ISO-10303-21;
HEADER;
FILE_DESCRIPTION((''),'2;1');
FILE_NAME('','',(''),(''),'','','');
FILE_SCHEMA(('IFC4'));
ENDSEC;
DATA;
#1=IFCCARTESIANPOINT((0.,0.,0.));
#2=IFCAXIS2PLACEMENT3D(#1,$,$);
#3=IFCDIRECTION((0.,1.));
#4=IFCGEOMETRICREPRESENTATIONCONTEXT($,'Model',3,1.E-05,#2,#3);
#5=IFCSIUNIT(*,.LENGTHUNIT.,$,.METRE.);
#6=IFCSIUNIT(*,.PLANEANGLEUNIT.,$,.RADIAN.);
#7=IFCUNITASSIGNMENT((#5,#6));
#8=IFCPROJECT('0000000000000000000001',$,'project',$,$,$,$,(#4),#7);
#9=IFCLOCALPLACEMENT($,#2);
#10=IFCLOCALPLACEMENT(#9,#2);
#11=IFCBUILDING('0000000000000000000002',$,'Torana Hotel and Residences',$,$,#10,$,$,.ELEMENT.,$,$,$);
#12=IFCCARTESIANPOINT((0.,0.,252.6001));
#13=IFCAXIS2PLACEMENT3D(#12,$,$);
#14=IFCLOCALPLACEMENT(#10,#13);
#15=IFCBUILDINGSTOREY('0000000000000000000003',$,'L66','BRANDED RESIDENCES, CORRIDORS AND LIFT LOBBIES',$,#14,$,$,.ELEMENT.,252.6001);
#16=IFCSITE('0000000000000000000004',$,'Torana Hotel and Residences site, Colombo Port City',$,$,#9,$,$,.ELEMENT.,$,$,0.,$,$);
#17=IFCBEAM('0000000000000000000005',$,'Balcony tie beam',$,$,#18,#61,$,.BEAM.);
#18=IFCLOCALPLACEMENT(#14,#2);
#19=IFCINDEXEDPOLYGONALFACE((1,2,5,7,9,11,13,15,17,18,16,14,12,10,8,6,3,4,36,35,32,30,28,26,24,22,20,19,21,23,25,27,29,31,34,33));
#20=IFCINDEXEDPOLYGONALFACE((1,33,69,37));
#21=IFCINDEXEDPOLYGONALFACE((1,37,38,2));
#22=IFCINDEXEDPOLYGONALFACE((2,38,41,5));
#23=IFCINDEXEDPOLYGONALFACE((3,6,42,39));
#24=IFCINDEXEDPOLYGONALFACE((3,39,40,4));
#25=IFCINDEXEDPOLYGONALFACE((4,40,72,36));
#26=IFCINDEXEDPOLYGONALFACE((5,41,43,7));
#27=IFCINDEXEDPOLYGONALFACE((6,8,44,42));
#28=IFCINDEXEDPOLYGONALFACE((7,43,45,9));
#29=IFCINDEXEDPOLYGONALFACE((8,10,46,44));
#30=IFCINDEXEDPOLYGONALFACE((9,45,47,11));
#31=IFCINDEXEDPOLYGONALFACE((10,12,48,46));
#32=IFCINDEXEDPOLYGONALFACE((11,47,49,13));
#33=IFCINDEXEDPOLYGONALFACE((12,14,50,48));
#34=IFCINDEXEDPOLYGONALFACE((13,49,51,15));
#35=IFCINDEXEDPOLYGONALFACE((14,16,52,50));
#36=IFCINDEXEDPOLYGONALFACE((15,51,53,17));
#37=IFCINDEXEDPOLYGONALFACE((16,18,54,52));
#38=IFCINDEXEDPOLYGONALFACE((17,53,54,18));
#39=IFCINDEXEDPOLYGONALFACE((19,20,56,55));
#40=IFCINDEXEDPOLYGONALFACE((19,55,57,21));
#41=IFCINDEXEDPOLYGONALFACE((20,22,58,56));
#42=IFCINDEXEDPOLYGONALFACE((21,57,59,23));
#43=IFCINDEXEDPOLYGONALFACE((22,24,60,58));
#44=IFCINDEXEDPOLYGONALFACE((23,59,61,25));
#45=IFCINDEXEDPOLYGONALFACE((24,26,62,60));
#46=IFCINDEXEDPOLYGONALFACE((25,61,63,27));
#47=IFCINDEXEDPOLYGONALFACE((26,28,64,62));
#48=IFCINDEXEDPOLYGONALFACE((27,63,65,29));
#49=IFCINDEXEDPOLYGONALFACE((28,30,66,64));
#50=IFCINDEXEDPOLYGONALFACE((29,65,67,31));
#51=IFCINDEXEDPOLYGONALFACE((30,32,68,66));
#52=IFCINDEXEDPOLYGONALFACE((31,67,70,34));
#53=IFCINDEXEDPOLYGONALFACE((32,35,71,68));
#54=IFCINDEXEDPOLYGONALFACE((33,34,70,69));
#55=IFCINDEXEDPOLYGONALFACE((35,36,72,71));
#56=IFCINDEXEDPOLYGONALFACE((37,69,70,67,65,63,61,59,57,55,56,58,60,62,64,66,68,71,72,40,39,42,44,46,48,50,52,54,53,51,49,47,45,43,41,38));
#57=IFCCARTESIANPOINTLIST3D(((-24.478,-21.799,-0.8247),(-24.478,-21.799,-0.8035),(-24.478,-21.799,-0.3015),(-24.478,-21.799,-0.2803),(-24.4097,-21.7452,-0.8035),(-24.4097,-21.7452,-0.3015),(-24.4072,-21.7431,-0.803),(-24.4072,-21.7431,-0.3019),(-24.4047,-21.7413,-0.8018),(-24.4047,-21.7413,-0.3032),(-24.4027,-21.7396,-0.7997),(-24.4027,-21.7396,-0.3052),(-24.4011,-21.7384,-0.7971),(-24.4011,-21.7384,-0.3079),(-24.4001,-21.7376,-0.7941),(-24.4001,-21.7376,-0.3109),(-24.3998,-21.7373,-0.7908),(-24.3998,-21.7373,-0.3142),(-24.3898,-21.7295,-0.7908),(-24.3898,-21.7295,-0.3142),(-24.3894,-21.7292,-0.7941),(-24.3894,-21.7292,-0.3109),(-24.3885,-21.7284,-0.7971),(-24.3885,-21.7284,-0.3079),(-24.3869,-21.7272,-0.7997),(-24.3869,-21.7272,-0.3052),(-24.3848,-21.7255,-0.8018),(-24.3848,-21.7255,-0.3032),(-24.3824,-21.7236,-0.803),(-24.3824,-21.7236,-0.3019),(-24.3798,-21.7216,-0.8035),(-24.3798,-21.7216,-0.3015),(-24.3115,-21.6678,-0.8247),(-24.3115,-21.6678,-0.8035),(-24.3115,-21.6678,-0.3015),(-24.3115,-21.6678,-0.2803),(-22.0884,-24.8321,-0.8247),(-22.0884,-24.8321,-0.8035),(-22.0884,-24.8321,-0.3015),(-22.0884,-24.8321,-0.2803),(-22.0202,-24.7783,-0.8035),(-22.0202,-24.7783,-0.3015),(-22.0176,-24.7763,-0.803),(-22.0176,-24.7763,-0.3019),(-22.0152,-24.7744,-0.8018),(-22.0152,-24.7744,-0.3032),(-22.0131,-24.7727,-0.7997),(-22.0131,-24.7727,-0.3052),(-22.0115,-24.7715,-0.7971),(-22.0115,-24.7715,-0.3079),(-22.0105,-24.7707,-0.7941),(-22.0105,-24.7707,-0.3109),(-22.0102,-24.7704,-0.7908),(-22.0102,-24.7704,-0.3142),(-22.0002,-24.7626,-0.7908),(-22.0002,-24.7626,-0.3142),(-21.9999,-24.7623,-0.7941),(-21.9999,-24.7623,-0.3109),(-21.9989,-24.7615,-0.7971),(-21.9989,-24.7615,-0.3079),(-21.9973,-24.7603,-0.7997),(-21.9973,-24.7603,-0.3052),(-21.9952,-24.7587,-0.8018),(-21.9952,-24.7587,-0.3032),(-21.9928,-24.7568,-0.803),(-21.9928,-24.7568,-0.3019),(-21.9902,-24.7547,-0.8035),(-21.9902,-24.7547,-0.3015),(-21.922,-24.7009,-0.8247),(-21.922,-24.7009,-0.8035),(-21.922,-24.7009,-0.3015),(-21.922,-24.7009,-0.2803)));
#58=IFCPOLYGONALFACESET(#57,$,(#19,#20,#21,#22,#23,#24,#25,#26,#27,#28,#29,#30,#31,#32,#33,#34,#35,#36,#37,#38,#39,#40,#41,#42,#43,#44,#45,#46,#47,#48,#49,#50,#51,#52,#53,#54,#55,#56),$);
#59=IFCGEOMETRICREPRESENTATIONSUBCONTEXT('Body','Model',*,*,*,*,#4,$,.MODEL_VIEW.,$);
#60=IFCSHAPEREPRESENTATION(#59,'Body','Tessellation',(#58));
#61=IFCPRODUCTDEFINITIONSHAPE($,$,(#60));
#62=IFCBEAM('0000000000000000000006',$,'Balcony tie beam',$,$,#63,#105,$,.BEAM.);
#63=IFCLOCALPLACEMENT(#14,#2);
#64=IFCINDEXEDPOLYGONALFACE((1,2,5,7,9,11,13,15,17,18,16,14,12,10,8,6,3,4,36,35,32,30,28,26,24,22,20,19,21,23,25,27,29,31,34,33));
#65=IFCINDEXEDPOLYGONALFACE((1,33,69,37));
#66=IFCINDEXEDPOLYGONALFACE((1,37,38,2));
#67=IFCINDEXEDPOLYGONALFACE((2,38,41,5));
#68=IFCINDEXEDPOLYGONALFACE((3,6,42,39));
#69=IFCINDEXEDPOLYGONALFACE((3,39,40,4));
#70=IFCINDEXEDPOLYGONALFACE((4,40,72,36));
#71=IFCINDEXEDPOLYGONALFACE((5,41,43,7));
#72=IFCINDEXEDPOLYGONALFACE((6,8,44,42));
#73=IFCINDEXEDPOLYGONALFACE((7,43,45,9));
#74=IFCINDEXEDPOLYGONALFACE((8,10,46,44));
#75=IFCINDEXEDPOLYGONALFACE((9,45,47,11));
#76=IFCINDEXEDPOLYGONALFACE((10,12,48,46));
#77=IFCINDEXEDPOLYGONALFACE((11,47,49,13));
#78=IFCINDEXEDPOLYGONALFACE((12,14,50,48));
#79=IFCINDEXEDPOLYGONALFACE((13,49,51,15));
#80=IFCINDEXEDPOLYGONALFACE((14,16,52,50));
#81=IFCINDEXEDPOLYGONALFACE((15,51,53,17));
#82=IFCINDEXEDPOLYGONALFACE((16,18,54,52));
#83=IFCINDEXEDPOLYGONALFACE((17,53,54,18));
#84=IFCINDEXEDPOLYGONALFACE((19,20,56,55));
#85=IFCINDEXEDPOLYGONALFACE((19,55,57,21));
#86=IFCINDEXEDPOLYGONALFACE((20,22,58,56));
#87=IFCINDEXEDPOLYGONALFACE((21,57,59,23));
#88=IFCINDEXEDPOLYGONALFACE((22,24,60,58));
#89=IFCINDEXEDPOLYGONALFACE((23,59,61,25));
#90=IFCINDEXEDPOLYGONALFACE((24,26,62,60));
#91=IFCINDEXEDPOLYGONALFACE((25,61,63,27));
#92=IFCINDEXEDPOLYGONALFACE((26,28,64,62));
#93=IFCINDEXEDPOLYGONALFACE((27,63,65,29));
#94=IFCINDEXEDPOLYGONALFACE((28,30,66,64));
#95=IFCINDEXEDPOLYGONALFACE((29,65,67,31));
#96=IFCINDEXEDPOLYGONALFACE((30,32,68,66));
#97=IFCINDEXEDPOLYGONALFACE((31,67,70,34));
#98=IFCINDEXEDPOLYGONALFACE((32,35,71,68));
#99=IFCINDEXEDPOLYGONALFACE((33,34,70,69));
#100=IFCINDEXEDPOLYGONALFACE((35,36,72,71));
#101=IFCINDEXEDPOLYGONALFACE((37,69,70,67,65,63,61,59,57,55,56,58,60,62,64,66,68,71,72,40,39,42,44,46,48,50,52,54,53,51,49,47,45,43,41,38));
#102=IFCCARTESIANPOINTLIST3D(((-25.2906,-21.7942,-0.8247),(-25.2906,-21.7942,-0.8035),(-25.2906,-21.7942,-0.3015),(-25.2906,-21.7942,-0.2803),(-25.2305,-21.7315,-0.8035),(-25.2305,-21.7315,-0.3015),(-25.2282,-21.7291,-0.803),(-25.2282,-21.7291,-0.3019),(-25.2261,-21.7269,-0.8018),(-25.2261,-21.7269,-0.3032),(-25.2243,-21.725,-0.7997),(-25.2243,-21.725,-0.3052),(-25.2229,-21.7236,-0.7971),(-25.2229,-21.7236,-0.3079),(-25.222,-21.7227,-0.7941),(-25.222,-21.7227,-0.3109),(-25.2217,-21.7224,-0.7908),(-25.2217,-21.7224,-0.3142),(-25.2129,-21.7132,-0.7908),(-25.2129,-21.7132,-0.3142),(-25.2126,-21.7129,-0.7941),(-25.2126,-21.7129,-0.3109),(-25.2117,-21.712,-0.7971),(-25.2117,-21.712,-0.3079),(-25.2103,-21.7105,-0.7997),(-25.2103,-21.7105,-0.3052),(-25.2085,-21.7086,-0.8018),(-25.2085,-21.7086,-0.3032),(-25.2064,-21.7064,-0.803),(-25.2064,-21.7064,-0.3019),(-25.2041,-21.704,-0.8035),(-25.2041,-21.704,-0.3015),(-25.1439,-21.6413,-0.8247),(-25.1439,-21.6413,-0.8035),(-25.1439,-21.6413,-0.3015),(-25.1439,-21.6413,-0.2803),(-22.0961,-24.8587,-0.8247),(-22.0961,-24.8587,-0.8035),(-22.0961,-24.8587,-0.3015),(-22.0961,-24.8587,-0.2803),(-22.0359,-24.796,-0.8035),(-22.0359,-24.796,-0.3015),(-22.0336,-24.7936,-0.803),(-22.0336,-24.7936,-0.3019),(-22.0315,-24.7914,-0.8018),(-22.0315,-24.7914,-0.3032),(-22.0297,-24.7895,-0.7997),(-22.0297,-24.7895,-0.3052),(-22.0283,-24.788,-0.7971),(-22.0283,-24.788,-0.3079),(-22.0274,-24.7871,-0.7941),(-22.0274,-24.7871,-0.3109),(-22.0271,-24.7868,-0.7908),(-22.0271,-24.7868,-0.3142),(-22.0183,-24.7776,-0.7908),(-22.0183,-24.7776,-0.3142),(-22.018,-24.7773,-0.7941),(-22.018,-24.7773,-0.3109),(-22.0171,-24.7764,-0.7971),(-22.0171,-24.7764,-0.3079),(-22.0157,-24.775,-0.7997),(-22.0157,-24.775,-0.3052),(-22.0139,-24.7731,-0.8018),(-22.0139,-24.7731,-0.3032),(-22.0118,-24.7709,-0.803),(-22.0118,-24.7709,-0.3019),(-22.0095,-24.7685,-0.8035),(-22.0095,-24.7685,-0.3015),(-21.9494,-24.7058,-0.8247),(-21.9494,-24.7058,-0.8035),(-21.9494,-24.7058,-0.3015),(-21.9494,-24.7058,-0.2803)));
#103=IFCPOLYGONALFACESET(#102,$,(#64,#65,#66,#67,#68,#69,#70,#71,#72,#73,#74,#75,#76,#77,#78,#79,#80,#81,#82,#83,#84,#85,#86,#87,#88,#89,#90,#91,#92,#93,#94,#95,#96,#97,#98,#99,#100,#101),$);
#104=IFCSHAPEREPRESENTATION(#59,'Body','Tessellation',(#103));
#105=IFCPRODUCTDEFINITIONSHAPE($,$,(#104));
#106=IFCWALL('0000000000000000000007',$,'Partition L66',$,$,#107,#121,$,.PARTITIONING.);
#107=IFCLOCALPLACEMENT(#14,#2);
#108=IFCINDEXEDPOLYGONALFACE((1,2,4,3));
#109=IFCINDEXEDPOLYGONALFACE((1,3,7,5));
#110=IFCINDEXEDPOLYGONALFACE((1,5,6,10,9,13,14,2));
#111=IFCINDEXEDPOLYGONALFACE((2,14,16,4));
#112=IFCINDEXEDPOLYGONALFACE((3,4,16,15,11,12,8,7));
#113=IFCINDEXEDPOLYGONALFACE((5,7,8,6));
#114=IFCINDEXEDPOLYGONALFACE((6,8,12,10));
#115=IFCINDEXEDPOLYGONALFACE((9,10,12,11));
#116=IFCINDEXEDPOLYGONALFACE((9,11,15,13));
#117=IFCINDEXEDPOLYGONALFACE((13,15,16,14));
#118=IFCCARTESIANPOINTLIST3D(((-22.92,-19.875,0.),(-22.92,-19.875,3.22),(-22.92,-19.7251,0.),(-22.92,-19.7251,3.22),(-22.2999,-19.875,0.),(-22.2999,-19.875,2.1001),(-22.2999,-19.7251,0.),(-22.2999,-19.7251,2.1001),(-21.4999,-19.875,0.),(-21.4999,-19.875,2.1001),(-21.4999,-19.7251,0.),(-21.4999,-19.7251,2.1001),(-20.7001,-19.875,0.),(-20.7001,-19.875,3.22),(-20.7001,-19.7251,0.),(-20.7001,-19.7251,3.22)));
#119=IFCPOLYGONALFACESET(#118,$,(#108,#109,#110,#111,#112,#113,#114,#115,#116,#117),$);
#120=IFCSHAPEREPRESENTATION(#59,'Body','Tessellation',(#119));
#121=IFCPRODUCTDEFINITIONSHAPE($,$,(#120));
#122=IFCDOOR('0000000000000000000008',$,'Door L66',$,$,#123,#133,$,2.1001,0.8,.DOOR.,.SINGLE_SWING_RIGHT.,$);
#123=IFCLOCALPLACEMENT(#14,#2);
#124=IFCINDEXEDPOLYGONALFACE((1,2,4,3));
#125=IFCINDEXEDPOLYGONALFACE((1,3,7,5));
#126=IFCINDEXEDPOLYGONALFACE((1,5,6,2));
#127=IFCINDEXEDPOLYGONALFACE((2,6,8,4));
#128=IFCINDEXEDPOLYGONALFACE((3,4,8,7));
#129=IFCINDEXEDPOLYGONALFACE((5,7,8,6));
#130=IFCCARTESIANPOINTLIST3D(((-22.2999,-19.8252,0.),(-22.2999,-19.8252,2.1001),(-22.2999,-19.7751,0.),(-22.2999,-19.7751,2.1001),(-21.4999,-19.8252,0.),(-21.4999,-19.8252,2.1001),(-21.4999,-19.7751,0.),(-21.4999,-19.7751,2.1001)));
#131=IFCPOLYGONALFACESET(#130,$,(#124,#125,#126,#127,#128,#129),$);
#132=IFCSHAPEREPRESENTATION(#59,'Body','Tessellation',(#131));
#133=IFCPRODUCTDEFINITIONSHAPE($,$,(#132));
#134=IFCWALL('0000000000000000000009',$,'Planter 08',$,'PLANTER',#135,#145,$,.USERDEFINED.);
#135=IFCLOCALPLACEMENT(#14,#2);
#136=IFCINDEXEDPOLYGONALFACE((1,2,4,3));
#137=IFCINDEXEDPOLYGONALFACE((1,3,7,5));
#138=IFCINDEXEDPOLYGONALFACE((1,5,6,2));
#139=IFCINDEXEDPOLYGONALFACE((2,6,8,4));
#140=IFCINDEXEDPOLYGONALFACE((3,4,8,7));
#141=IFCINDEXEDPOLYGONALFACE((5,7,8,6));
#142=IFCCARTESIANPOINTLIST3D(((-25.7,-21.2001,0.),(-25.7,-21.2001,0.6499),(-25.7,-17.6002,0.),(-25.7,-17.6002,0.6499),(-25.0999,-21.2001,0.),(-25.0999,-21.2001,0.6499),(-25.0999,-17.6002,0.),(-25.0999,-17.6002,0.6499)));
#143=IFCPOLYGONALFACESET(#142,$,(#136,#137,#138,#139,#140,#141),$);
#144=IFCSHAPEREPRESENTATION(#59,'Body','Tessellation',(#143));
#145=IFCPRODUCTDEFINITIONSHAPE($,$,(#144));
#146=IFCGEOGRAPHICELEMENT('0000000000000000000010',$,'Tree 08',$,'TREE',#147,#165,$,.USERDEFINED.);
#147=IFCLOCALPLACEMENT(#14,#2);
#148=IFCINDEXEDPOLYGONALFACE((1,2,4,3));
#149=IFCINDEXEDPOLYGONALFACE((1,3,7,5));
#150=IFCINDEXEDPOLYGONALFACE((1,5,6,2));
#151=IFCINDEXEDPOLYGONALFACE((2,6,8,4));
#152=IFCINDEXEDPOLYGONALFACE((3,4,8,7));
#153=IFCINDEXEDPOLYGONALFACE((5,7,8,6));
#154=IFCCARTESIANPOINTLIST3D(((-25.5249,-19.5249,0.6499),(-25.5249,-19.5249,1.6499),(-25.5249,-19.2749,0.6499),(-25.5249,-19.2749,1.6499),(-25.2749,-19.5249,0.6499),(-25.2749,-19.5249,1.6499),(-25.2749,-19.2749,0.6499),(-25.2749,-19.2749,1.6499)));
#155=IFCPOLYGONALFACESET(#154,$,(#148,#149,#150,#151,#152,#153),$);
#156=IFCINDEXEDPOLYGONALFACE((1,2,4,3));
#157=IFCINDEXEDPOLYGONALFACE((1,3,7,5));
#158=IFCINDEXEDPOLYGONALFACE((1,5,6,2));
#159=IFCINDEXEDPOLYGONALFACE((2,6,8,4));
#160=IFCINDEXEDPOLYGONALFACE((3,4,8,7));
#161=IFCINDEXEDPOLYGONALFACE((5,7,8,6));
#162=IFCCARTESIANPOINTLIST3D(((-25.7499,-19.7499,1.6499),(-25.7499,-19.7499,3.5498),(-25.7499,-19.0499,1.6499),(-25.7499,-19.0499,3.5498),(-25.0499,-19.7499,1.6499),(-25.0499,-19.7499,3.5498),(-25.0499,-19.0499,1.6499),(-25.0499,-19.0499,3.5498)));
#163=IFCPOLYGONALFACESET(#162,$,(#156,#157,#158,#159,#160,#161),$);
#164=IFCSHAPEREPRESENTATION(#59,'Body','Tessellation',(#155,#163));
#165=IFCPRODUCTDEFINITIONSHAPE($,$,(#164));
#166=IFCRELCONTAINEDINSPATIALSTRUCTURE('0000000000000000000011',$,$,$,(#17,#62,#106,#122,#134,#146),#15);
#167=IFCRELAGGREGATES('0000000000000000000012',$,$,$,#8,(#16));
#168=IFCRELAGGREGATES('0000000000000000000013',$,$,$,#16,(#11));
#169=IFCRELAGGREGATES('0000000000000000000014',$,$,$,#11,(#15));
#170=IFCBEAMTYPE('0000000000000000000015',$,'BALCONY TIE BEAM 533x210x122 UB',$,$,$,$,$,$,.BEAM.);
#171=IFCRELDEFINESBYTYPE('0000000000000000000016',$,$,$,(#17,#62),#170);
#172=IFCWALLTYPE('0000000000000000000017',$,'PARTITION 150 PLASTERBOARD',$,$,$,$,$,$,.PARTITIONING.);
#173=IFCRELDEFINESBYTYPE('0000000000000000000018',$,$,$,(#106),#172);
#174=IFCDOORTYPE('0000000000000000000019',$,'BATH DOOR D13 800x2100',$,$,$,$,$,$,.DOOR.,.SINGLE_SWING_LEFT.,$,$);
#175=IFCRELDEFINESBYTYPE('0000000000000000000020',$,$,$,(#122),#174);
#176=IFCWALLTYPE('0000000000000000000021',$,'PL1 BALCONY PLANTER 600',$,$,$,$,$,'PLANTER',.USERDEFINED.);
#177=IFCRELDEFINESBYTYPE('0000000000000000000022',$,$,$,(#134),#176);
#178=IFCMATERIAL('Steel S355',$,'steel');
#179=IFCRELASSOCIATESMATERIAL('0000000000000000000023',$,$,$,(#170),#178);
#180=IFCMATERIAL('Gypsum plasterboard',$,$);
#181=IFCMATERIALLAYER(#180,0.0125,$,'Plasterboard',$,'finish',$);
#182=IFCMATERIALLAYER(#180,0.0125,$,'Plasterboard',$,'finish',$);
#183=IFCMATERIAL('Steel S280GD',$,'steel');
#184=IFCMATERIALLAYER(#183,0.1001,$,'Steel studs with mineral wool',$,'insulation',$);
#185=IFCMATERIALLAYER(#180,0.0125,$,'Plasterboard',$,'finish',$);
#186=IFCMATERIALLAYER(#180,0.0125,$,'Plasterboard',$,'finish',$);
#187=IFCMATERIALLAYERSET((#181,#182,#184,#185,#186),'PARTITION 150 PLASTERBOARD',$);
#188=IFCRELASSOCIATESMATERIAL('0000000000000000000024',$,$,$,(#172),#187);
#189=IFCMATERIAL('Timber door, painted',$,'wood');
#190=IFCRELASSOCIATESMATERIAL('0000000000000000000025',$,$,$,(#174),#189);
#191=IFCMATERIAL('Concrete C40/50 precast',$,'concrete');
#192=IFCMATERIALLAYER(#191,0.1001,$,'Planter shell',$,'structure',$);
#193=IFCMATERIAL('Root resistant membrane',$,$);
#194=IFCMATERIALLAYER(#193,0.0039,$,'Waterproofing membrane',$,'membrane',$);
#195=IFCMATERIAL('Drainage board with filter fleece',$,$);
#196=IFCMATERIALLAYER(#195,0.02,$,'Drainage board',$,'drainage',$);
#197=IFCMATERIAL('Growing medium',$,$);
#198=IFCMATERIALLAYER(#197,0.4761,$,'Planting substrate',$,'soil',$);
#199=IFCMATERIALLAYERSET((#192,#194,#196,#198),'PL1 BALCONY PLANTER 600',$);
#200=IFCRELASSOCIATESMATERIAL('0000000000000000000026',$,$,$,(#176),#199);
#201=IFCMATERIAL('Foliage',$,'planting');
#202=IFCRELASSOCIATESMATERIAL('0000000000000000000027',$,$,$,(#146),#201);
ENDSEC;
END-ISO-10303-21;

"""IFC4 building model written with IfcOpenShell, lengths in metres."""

from ifc_helpers import new_model, si_unit, direction, frame, frame_2d, origin, origin_2d, place, context, subcontext, project, spatial, rectangle, i_section, extrude, material, layer, layer_set, material_profile, profile_set, type_object, element, fill, save


model = new_model("IFC4")

# Units and contexts
model_context = context("Model", 3, precision=1e-05, world=origin(), true_north=direction((0.0, 1.0)))
body_context = subcontext(model_context, "Body", "Model", "MODEL_VIEW")
ifc_project = project(units=[si_unit("LENGTHUNIT", "METRE"), si_unit("PLANEANGLEUNIT", "RADIAN")], contexts=[model_context])

# Site, building, storey
site_placement = place(None, origin())
site = spatial("IfcSite", under=ifc_project, at=site_placement, Name="Torana Hotel and Residences site, Colombo Port City", CompositionType="ELEMENT", RefElevation=0.0)
building_placement = place(site_placement, origin())
building = spatial("IfcBuilding", under=site, at=building_placement, Name="Torana Hotel and Residences", CompositionType="ELEMENT")
storey_placement = place(building_placement, frame((0.0, 0.0, 252.6001)))
storey = spatial("IfcBuildingStorey", under=building, at=storey_placement, Name="L66", Description="BRANDED RESIDENCES, CORRIDORS AND LIFT LOBBIES", CompositionType="ELEMENT", Elevation=252.6001)

# Beams
ifc_material_1 = material(Name="Steel S355", Category="steel")
ifc_material_profile = material_profile(ifc_material_1, i_section(OverallWidth=0.2119, OverallDepth=0.5444, WebThickness=0.0127, FlangeThickness=0.0212, FilletRadius=0.0127, at=origin_2d()), Name="533x210x122 UB")
ifc_profile_set = profile_set([ifc_material_profile], Name="Steel S355")
beam_type = type_object("IfcBeamType", Name="BALCONY TIE BEAM 533x210x122 UB", PredefinedType="BEAM", material=ifc_profile_set)
beam_1_placement = place(storey_placement, frame((-24.3948, -21.7334, -0.5525), z_axis=(0.618849, -0.78551, 0.0), x_axis=(0.78551, 0.618849, 0.0)))
element("IfcBeam", 1, at=beam_1_placement, inside=storey, type_object=beam_type, Name="Balcony tie beam", PredefinedType="BEAM", context=body_context, shape_type="SweptSolid", body=[
    extrude(i_section(OverallWidth=0.2119, OverallDepth=0.5444, WebThickness=0.0127, FlangeThickness=0.0212, FilletRadius=0.0127, at=origin_2d()), origin(), (0.0, 0.0, 1.0), 3.8613),
])
beam_2_placement = place(storey_placement, frame((-25.2173, -21.7178, -0.5525), z_axis=(0.721652, -0.692256, 0.0), x_axis=(0.692256, 0.721652, 0.0)))
element("IfcBeam", 2, at=beam_2_placement, inside=storey, type_object=beam_type, Name="Balcony tie beam", PredefinedType="BEAM", context=body_context, shape_type="SweptSolid", body=[
    extrude(i_section(OverallWidth=0.2119, OverallDepth=0.5444, WebThickness=0.0127, FlangeThickness=0.0212, FilletRadius=0.0127, at=origin_2d()), origin(), (0.0, 0.0, 1.0), 4.4268),
])

# Wall, opening, door
ifc_material_2 = material(Name="Gypsum plasterboard")
ifc_layer_1 = layer(ifc_material_2, 0.0125, Name="Plasterboard", Category="finish")
ifc_layer_2 = layer(ifc_material_2, 0.0125, Name="Plasterboard", Category="finish")
ifc_material_3 = material(Name="Steel S280GD", Category="steel")
ifc_layer_3 = layer(ifc_material_3, 0.1001, Name="Steel studs with mineral wool", Category="insulation")
ifc_layer_4 = layer(ifc_material_2, 0.0125, Name="Plasterboard", Category="finish")
ifc_layer_5 = layer(ifc_material_2, 0.0125, Name="Plasterboard", Category="finish")
ifc_layer_set_1 = layer_set([ifc_layer_1, ifc_layer_2, ifc_layer_3, ifc_layer_4, ifc_layer_5], Name="PARTITION 150 PLASTERBOARD")
wall_type_1 = type_object("IfcWallType", Name="PARTITION 150 PLASTERBOARD", PredefinedType="PARTITIONING", material=ifc_layer_set_1)
wall_1_placement = place(storey_placement, frame((-22.9199, -19.8, 0.0), z_axis=(0.0, 0.0, 1.0), x_axis=(1.0, 0.0, 0.0)))
wall_1 = element("IfcWall", 3, at=wall_1_placement, inside=storey, type_object=wall_type_1, Name="Partition L66", PredefinedType="PARTITIONING", context=body_context, shape_type="SweptSolid", body=[
    extrude(rectangle(XDim=2.22, YDim=0.1499, at=frame_2d((1.1099, 0.0))), origin(), (0.0, 0.0, 1.0), 3.22),
])
opening_1_placement = place(wall_1_placement, frame((0.6201, 0.0, 0.0)))
opening_1 = element("IfcOpeningElement", 4, at=opening_1_placement, cuts=wall_1, PredefinedType="OPENING", context=body_context, shape_type="SweptSolid", body=[
    extrude(rectangle(XDim=0.8, YDim=2.1001, at=frame_2d((0.3999, 1.05))), frame((0.0, 0.085, 0.0), z_axis=(0.0, -1.0, 0.0), x_axis=(1.0, 0.0, 0.0)), (0.0, 0.0, 1.0), 0.1699),
])
ifc_material_4 = material(Name="Timber door, painted", Category="wood")
door_type_1 = type_object("IfcDoorType", Name="BATH DOOR D13 800x2100", OperationType="SINGLE_SWING_LEFT", PredefinedType="DOOR", material=ifc_material_4)
door_1_placement = place(opening_1_placement, origin())
door_1 = element("IfcDoor", 5, at=door_1_placement, inside=storey, type_object=door_type_1, Name="Door L66", OperationType="SINGLE_SWING_RIGHT", OverallHeight=2.1001, OverallWidth=0.8, PredefinedType="DOOR", context=body_context, shape_type="SweptSolid", body=[
    extrude(rectangle(XDim=0.8, YDim=2.1001, at=frame_2d((0.3999, 1.05))), frame((0.0, 0.0249, 0.0), z_axis=(0.0, -1.0, 0.0), x_axis=(1.0, 0.0, 0.0)), (0.0, 0.0, 1.0), 0.05),
])
fill(opening_1, door_1)

# Wall
ifc_material_5 = material(Name="Concrete C40/50 precast", Category="concrete")
ifc_layer_6 = layer(ifc_material_5, 0.1001, Name="Planter shell", Category="structure")
ifc_material_6 = material(Name="Root resistant membrane")
ifc_layer_7 = layer(ifc_material_6, 0.0039, Name="Waterproofing membrane", Category="membrane")
ifc_material_7 = material(Name="Drainage board with filter fleece")
ifc_layer_8 = layer(ifc_material_7, 0.02, Name="Drainage board", Category="drainage")
ifc_material_8 = material(Name="Growing medium")
ifc_layer_9 = layer(ifc_material_8, 0.4761, Name="Planting substrate", Category="soil")
ifc_layer_set_2 = layer_set([ifc_layer_6, ifc_layer_7, ifc_layer_8, ifc_layer_9], Name="PL1 BALCONY PLANTER 600")
wall_type_2 = type_object("IfcWallType", Name="PL1 BALCONY PLANTER 600", ElementType="PLANTER", PredefinedType="USERDEFINED", material=ifc_layer_set_2)
wall_2_placement = place(storey_placement, frame((-25.3999, -21.2, 0.0), z_axis=(0.0, 0.0, 1.0), x_axis=(0.0, 1.0, 0.0)))
element("IfcWall", 6, at=wall_2_placement, inside=storey, type_object=wall_type_2, Name="Planter 08", ObjectType="PLANTER", PredefinedType="USERDEFINED", context=body_context, shape_type="SweptSolid", body=[
    extrude(rectangle(XDim=3.5999, YDim=0.6001, at=frame_2d((1.7998, 0.0))), origin(), (0.0, 0.0, 1.0), 0.6499),
])

# Geographic element
ifc_material_9 = material(Name="Foliage", Category="planting")
geographic_element_placement = place(storey_placement, frame((-25.3999, -19.3999, 0.6499), z_axis=(0.0, 0.0, 1.0), x_axis=(1.0, 0.0, 0.0)))
element("IfcGeographicElement", 7, at=geographic_element_placement, inside=storey, material=ifc_material_9, Name="Tree 08", ObjectType="TREE", PredefinedType="USERDEFINED", context=body_context, shape_type="SweptSolid", body=[
    extrude(rectangle(XDim=0.25, YDim=0.25, at=origin_2d()), origin(), (0.0, 0.0, 1.0), 1.0),
    extrude(rectangle(XDim=0.7, YDim=0.7, at=origin_2d()), frame((0.0, 0.0, 1.0)), (0.0, 0.0, 1.0), 1.8999),
])

save(model, "model.ifc")
